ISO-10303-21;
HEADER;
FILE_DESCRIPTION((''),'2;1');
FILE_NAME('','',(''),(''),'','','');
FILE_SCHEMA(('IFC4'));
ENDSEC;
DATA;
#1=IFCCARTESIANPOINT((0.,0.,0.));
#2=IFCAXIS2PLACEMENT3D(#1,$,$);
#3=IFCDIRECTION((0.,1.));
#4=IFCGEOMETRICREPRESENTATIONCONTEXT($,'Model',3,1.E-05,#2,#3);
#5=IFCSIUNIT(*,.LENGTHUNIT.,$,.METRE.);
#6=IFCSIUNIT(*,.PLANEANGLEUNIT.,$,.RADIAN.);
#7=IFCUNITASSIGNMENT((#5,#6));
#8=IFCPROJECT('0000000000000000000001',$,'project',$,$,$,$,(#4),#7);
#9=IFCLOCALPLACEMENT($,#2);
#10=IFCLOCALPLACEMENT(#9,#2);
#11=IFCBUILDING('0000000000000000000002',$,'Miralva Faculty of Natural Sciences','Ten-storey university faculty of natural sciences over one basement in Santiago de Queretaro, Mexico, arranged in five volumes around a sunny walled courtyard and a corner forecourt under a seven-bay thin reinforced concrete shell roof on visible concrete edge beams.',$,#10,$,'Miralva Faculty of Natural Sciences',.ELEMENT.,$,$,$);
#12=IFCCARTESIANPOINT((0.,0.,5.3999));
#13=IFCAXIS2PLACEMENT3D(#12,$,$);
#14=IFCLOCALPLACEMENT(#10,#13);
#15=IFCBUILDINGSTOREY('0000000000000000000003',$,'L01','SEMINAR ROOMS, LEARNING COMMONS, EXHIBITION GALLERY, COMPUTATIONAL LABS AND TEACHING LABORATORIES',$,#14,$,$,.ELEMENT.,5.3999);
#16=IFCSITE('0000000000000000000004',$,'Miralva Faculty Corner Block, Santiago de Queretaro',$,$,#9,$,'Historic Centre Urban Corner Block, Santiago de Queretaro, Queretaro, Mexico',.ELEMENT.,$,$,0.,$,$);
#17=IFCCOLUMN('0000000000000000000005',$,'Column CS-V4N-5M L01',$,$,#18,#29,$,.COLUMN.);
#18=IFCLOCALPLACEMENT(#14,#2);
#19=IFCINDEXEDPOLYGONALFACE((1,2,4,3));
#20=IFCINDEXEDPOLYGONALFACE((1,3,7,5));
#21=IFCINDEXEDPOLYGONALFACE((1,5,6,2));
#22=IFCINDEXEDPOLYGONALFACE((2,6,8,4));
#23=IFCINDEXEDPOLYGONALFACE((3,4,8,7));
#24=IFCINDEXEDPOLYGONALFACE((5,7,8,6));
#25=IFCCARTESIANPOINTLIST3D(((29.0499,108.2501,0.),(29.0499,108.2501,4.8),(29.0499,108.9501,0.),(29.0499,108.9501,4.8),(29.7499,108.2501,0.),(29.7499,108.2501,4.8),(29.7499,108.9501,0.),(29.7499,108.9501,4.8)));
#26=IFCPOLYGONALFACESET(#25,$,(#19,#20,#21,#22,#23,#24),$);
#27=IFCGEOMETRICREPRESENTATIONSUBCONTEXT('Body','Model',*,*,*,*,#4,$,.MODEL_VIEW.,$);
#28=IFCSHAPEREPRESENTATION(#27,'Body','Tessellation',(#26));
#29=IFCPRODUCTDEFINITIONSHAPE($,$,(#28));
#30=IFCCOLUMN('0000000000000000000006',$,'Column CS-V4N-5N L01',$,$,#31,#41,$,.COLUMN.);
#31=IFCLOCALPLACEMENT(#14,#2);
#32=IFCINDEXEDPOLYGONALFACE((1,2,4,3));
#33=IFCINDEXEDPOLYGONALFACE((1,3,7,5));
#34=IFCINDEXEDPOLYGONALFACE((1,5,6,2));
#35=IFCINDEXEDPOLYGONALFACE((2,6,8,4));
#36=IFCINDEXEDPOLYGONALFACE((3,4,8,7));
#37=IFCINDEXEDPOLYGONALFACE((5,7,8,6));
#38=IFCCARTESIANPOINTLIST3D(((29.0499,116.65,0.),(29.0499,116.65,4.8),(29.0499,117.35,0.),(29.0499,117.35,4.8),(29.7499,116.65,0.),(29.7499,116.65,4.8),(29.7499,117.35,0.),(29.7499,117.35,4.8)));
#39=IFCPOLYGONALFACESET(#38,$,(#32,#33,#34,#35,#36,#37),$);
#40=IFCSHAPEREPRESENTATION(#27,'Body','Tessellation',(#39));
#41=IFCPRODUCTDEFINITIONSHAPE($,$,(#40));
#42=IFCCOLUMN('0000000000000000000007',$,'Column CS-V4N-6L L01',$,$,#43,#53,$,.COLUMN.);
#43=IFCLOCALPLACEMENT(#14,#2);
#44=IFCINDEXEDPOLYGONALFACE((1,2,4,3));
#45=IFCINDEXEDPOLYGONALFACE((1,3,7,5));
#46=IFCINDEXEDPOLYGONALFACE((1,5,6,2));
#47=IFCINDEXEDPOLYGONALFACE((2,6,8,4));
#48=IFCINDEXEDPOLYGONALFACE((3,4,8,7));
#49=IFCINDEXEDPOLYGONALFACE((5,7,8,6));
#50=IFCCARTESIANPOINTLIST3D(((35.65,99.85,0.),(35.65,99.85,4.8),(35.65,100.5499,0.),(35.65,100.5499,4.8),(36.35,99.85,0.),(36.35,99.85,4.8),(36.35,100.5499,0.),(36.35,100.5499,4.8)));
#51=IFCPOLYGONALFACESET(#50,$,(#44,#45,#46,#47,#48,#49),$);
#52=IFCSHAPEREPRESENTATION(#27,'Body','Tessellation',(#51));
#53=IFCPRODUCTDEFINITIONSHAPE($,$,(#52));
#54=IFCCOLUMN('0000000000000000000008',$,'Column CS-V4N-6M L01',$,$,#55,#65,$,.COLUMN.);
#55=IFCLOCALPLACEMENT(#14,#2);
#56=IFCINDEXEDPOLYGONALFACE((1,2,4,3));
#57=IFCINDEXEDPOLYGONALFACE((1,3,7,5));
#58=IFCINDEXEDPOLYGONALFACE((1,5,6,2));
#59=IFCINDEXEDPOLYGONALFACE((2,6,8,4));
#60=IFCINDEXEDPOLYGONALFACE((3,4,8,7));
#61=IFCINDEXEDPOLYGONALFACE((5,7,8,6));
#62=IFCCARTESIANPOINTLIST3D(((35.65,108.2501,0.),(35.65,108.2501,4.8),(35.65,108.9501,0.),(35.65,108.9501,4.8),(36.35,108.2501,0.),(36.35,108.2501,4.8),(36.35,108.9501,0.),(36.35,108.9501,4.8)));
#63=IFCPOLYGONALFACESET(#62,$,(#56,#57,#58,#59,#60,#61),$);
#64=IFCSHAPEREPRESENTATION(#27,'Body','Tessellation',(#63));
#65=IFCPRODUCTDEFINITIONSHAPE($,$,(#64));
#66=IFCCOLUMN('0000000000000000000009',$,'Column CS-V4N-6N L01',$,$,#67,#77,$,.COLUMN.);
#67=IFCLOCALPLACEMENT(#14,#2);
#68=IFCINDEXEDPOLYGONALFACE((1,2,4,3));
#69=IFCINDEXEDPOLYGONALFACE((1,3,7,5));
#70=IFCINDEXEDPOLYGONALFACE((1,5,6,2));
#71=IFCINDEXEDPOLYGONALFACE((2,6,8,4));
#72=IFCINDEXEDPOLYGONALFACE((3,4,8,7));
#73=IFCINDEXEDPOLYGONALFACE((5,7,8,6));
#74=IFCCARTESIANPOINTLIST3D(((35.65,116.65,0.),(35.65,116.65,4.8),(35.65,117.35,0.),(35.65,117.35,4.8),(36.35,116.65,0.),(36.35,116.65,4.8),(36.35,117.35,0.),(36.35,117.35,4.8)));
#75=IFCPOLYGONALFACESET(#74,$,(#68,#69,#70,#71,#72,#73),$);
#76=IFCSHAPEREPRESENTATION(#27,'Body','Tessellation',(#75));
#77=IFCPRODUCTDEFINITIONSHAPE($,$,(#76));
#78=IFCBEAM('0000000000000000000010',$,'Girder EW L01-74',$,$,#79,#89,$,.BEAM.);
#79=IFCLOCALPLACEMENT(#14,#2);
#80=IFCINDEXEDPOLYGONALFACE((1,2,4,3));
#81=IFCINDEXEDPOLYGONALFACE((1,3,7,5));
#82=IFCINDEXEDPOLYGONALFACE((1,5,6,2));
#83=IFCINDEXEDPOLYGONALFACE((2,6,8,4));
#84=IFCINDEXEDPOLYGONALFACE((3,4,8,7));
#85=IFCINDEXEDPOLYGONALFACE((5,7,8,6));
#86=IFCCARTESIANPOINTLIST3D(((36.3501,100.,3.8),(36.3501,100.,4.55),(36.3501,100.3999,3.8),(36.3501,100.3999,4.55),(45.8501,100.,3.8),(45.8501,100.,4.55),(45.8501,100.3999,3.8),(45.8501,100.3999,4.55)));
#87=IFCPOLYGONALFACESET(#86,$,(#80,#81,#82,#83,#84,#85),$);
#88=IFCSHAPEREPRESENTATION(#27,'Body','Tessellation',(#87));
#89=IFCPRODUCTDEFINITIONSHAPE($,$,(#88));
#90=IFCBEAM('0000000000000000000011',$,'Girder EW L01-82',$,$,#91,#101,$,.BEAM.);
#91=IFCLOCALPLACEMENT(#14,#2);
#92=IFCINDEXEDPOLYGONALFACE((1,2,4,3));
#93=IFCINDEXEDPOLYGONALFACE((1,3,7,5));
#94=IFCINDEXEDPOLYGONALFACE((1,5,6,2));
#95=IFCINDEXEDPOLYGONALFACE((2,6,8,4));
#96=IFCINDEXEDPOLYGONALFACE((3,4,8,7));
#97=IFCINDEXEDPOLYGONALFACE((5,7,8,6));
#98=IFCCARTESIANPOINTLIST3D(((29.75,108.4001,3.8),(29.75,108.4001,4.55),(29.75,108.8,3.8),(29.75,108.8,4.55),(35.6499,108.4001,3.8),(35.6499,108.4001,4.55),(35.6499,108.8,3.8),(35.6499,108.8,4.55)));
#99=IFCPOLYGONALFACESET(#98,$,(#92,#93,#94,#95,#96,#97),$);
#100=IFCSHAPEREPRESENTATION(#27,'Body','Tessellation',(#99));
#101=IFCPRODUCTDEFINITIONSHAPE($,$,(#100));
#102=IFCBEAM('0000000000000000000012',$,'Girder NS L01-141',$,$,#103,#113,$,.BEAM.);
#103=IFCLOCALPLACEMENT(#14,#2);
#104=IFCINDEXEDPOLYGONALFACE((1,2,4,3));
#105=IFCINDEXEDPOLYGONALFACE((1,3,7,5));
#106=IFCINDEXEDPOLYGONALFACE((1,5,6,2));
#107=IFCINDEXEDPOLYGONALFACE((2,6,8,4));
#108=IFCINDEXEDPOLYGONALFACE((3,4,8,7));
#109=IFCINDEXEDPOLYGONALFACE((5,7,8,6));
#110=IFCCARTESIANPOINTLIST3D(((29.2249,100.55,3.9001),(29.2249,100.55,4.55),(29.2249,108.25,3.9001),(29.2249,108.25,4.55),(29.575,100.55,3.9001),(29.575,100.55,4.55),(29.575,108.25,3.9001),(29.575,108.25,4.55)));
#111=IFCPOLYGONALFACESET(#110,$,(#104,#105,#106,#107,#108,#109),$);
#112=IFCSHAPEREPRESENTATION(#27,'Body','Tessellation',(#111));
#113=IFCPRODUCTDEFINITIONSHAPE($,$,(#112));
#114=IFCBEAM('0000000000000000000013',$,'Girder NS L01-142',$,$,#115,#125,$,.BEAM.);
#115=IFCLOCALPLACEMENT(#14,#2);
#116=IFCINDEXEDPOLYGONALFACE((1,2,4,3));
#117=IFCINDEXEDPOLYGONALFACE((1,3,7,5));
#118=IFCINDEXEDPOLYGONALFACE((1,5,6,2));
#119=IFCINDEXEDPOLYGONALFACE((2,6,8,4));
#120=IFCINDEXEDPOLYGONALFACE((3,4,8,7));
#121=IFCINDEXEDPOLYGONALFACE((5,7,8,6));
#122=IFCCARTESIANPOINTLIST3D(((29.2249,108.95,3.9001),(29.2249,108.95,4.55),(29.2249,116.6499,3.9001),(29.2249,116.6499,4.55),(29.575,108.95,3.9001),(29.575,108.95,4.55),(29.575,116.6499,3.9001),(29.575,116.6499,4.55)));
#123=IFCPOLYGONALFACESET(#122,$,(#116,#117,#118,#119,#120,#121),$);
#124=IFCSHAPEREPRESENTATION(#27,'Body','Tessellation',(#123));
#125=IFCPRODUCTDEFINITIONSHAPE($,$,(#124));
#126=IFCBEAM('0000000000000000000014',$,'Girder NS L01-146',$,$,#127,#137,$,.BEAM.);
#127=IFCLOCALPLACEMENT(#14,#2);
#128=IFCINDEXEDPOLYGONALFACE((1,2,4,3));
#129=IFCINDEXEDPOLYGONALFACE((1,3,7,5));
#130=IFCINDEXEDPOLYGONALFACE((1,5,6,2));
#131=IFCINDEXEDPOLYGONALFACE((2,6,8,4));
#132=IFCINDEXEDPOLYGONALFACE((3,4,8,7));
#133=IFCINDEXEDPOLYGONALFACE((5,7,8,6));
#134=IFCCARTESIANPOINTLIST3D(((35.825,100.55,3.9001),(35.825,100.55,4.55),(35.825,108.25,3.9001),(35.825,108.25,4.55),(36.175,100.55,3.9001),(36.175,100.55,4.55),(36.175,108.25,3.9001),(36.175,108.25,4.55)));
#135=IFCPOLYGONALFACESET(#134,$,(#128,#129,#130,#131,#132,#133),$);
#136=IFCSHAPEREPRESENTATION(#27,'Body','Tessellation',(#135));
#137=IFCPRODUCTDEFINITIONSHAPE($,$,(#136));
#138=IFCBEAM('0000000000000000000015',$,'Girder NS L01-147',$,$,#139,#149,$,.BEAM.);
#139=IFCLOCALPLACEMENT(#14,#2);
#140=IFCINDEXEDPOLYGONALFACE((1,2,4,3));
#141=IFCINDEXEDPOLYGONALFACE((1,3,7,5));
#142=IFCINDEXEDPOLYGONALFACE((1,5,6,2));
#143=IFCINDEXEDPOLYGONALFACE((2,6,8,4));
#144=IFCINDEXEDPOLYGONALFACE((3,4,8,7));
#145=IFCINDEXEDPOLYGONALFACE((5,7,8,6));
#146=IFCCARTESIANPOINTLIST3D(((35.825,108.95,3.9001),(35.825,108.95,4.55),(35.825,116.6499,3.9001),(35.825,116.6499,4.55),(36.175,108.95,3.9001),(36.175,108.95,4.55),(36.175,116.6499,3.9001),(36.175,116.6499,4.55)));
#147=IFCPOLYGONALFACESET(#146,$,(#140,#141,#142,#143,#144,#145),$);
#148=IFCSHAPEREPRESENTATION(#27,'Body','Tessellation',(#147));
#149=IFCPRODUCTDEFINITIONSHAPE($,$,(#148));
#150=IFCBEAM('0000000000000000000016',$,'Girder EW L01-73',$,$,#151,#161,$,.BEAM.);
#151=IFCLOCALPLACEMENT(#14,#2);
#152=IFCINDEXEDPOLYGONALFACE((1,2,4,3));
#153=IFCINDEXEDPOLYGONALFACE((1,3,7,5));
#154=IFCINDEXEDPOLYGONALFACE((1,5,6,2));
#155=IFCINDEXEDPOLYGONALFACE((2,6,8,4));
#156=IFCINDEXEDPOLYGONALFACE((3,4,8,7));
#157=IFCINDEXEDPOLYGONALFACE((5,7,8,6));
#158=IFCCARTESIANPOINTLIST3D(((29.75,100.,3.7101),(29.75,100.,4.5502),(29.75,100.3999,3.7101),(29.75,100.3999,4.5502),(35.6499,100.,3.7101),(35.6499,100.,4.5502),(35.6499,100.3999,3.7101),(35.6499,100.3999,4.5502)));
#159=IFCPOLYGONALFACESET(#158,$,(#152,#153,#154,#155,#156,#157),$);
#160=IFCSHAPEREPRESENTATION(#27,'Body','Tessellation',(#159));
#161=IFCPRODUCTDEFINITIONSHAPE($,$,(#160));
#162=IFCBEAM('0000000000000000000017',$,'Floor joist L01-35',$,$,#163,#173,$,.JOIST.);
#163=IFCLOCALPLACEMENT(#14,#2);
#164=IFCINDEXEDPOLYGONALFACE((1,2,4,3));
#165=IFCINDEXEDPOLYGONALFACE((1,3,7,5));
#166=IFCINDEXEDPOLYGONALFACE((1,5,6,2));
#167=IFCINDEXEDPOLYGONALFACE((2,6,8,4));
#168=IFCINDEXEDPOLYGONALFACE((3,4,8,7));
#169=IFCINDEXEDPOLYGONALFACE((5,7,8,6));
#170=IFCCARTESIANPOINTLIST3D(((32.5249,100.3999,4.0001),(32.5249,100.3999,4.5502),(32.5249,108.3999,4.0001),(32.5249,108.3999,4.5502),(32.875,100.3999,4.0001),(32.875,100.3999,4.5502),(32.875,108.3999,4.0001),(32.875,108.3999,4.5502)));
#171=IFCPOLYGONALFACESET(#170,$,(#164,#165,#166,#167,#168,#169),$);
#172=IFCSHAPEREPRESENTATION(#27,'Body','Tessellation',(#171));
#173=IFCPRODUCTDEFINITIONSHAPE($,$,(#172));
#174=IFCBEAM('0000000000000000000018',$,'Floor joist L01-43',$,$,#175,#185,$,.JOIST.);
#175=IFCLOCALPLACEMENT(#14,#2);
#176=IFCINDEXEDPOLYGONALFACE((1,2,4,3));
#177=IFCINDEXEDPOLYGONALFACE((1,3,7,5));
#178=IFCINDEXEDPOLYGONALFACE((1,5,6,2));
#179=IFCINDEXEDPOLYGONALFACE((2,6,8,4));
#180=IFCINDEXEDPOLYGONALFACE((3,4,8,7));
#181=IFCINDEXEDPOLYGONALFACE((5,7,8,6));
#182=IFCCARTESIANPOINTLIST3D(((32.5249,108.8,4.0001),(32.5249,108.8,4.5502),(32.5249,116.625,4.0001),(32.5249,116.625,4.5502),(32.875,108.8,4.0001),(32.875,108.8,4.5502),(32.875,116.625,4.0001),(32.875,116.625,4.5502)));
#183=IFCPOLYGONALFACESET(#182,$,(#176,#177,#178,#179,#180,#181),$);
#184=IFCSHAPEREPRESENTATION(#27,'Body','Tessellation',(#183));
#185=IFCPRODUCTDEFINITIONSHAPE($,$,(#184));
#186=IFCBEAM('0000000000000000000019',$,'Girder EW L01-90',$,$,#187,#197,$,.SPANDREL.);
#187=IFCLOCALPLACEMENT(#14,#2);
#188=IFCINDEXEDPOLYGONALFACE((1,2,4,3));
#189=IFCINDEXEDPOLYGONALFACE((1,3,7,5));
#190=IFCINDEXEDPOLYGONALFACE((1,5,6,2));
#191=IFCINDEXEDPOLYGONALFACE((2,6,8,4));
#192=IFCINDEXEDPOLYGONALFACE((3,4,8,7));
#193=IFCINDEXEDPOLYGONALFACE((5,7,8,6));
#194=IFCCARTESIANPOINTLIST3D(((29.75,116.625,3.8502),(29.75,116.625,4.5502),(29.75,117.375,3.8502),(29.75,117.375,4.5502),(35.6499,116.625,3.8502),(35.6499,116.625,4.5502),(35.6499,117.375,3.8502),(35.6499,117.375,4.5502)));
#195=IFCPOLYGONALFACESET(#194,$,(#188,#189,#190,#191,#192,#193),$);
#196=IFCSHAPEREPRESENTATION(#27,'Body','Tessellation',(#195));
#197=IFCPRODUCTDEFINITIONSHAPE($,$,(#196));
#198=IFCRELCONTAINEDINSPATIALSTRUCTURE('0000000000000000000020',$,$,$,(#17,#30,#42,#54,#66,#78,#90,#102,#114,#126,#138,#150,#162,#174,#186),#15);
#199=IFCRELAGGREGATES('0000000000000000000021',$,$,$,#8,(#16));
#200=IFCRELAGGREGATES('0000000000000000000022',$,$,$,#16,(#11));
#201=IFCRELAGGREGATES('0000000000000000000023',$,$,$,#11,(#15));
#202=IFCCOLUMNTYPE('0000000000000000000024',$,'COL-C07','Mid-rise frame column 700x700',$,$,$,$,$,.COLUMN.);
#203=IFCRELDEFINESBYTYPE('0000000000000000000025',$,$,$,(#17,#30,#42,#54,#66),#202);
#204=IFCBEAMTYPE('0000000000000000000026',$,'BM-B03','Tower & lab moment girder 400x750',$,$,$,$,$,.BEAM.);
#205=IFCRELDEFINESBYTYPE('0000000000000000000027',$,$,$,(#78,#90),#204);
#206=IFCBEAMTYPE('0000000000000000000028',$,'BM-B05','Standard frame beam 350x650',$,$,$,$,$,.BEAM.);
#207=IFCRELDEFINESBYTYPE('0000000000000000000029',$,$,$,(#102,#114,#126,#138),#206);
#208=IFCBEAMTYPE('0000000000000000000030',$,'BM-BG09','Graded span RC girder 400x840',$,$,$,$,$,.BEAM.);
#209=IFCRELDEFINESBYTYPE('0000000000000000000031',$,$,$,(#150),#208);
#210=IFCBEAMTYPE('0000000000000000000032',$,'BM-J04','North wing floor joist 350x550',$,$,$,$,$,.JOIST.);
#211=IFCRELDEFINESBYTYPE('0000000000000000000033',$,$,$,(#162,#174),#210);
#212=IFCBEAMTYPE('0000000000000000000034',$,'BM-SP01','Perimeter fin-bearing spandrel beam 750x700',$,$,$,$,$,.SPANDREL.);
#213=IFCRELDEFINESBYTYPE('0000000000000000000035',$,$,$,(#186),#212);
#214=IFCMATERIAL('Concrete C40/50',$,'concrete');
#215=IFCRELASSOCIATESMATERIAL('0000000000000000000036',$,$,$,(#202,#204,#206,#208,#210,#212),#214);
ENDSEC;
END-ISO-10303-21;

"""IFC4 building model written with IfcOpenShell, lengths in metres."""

from ifc_helpers import new_model, si_unit, direction, frame, origin, origin_2d, place, context, subcontext, project, spatial, rectangle, extrude, material, material_profile, profile_set, type_object, element, save


model = new_model("IFC4")

# Units and contexts
model_context = context("Model", 3, precision=1e-05, world=origin(), true_north=direction((0.0, 1.0)))
body_context = subcontext(model_context, "Body", "Model", "MODEL_VIEW")
ifc_project = project(units=[si_unit("LENGTHUNIT", "METRE"), si_unit("PLANEANGLEUNIT", "RADIAN")], contexts=[model_context])

# Site, building, storey
site_placement = place(None, origin())
site = spatial("IfcSite", under=ifc_project, at=site_placement, Name="Miralva Faculty Corner Block, Santiago de Queretaro", LongName="Historic Centre Urban Corner Block, Santiago de Queretaro, Queretaro, Mexico", CompositionType="ELEMENT", RefElevation=0.0)
building_placement = place(site_placement, origin())
building = spatial("IfcBuilding", under=site, at=building_placement, Name="Miralva Faculty of Natural Sciences", Description="Ten-storey university faculty of natural sciences over one basement in Santiago de Queretaro, Mexico, arranged in five volumes around a sunny walled courtyard and a corner forecourt under a seven-bay thin reinforced concrete shell roof on visible concrete edge beams.", LongName="Miralva Faculty of Natural Sciences", CompositionType="ELEMENT")
storey_placement = place(building_placement, frame((0.0, 0.0, 5.3999)))
storey = spatial("IfcBuildingStorey", under=building, at=storey_placement, Name="L01", Description="SEMINAR ROOMS, LEARNING COMMONS, EXHIBITION GALLERY, COMPUTATIONAL LABS AND TEACHING LABORATORIES", CompositionType="ELEMENT", Elevation=5.3999)

# Columns
ifc_material_1 = material(Name="Concrete C40/50", Category="concrete")
ifc_material_profile_1 = material_profile(ifc_material_1, rectangle(XDim=0.7, YDim=0.7, at=origin_2d()), Name="RC 700x700")
ifc_profile_set_1 = profile_set([ifc_material_profile_1], Name="Concrete C40/50")
column_type = type_object("IfcColumnType", Name="COL-C07", Description="Mid-rise frame column 700x700", PredefinedType="COLUMN", material=ifc_profile_set_1)
for number, where, z_axis, x_axis, name in (
    (1, (29.3999, 108.6001, 0.0), (0.0, 0.0, 1.0), (1.0, 0.0, 0.0), "Column CS-V4N-5M L01"),
    (2, (29.3999, 117.0, 0.0), (0.0, 0.0, 1.0), (1.0, 0.0, 0.0), "Column CS-V4N-5N L01"),
    (3, (36.0, 100.2, 0.0), (0.0, 0.0, 1.0), (1.0, 0.0, 0.0), "Column CS-V4N-6L L01"),
    (4, (36.0, 108.6001, 0.0), (0.0, 0.0, 1.0), (1.0, 0.0, 0.0), "Column CS-V4N-6M L01"),
    (5, (36.0, 117.0, 0.0), (0.0, 0.0, 1.0), (1.0, 0.0, 0.0), "Column CS-V4N-6N L01"),
):
    element("IfcColumn", number, at=place(storey_placement, frame(where, z_axis=z_axis, x_axis=x_axis)), inside=storey, type_object=column_type, Name=name, PredefinedType="COLUMN", context=body_context, shape_type="SweptSolid", body=[
        extrude(rectangle(XDim=0.7, YDim=0.7, at=origin_2d()), origin(), (0.0, 0.0, 1.0), 4.8),
    ])

# Beams
ifc_material_profile_2 = material_profile(ifc_material_1, rectangle(XDim=0.3999, YDim=0.75, at=origin_2d()), Name="RC 400x750")
ifc_profile_set_2 = profile_set([ifc_material_profile_2], Name="Concrete C40/50")
beam_type_1 = type_object("IfcBeamType", Name="BM-B03", Description="Tower & lab moment girder 400x750", PredefinedType="BEAM", material=ifc_profile_set_2)
beam_1_placement = place(storey_placement, frame((36.3501, 100.2, 4.175), z_axis=(1.0, 0.0, 0.0), x_axis=(0.0, 1.0, 0.0)))
element("IfcBeam", 6, at=beam_1_placement, inside=storey, type_object=beam_type_1, Name="Girder EW L01-74", PredefinedType="BEAM", context=body_context, shape_type="SweptSolid", body=[
    extrude(rectangle(XDim=0.3999, YDim=0.75, at=origin_2d()), origin(), (0.0, 0.0, 1.0), 9.5),
])
beam_2_placement = place(storey_placement, frame((29.75, 108.6001, 4.175), z_axis=(1.0, 0.0, 0.0), x_axis=(0.0, 1.0, 0.0)))
element("IfcBeam", 7, at=beam_2_placement, inside=storey, type_object=beam_type_1, Name="Girder EW L01-82", PredefinedType="BEAM", context=body_context, shape_type="SweptSolid", body=[
    extrude(rectangle(XDim=0.3999, YDim=0.75, at=origin_2d()), origin(), (0.0, 0.0, 1.0), 5.8999),
])
ifc_material_profile_3 = material_profile(ifc_material_1, rectangle(XDim=0.3501, YDim=0.6499, at=origin_2d()), Name="RC 350x650")
ifc_profile_set_3 = profile_set([ifc_material_profile_3], Name="Concrete C40/50")
beam_type_2 = type_object("IfcBeamType", Name="BM-B05", Description="Standard frame beam 350x650", PredefinedType="BEAM", material=ifc_profile_set_3)
for number, where, z_axis, x_axis, name in (
    (8, (29.3999, 100.55, 4.2251), (0.0, 1.0, 0.0), (-1.0, 0.0, 0.0), "Girder NS L01-141"),
    (9, (29.3999, 108.95, 4.2251), (0.0, 1.0, 0.0), (-1.0, 0.0, 0.0), "Girder NS L01-142"),
    (10, (36.0, 100.55, 4.2251), (0.0, 1.0, 0.0), (-1.0, 0.0, 0.0), "Girder NS L01-146"),
    (11, (36.0, 108.95, 4.2251), (0.0, 1.0, 0.0), (-1.0, 0.0, 0.0), "Girder NS L01-147"),
):
    element("IfcBeam", number, at=place(storey_placement, frame(where, z_axis=z_axis, x_axis=x_axis)), inside=storey, type_object=beam_type_2, Name=name, PredefinedType="BEAM", context=body_context, shape_type="SweptSolid", body=[
        extrude(rectangle(XDim=0.3501, YDim=0.6499, at=origin_2d()), origin(), (0.0, 0.0, 1.0), 7.7),
    ])
ifc_material_profile_4 = material_profile(ifc_material_1, rectangle(XDim=0.3999, YDim=0.8401, at=origin_2d()), Name="RC 400x840")
ifc_profile_set_4 = profile_set([ifc_material_profile_4], Name="Concrete C40/50")
beam_type_3 = type_object("IfcBeamType", Name="BM-BG09", Description="Graded span RC girder 400x840", PredefinedType="BEAM", material=ifc_profile_set_4)
beam_3_placement = place(storey_placement, frame((29.75, 100.2, 4.1301), z_axis=(1.0, 0.0, 0.0), x_axis=(0.0, 1.0, 0.0)))
element("IfcBeam", 12, at=beam_3_placement, inside=storey, type_object=beam_type_3, Name="Girder EW L01-73", PredefinedType="BEAM", context=body_context, shape_type="SweptSolid", body=[
    extrude(rectangle(XDim=0.3999, YDim=0.8401, at=origin_2d()), origin(), (0.0, 0.0, 1.0), 5.8999),
])
ifc_material_profile_5 = material_profile(ifc_material_1, rectangle(XDim=0.3501, YDim=0.55, at=origin_2d()), Name="RC 350x550")
ifc_profile_set_5 = profile_set([ifc_material_profile_5], Name="Concrete C40/50")
beam_type_4 = type_object("IfcBeamType", Name="BM-J04", Description="North wing floor joist 350x550", PredefinedType="JOIST", material=ifc_profile_set_5)
beam_4_placement = place(storey_placement, frame((32.7, 100.3999, 4.2751), z_axis=(0.0, 1.0, 0.0), x_axis=(-1.0, 0.0, 0.0)))
element("IfcBeam", 13, at=beam_4_placement, inside=storey, type_object=beam_type_4, Name="Floor joist L01-35", PredefinedType="JOIST", context=body_context, shape_type="SweptSolid", body=[
    extrude(rectangle(XDim=0.3501, YDim=0.55, at=origin_2d()), origin(), (0.0, 0.0, 1.0), 8.0),
])
beam_5_placement = place(storey_placement, frame((32.7, 108.8, 4.2751), z_axis=(0.0, 1.0, 0.0), x_axis=(-1.0, 0.0, 0.0)))
element("IfcBeam", 14, at=beam_5_placement, inside=storey, type_object=beam_type_4, Name="Floor joist L01-43", PredefinedType="JOIST", context=body_context, shape_type="SweptSolid", body=[
    extrude(rectangle(XDim=0.3501, YDim=0.55, at=origin_2d()), origin(), (0.0, 0.0, 1.0), 7.825),
])
ifc_material_profile_6 = material_profile(ifc_material_1, rectangle(XDim=0.75, YDim=0.7, at=origin_2d()), Name="RC 750x700")
ifc_profile_set_6 = profile_set([ifc_material_profile_6], Name="Concrete C40/50")
beam_type_5 = type_object("IfcBeamType", Name="BM-SP01", Description="Perimeter fin-bearing spandrel beam 750x700", PredefinedType="SPANDREL", material=ifc_profile_set_6)
beam_6_placement = place(storey_placement, frame((29.75, 117.0, 4.2002), z_axis=(1.0, 0.0, 0.0), x_axis=(0.0, 1.0, 0.0)))
element("IfcBeam", 15, at=beam_6_placement, inside=storey, type_object=beam_type_5, Name="Girder EW L01-90", PredefinedType="SPANDREL", context=body_context, shape_type="SweptSolid", body=[
    extrude(rectangle(XDim=0.75, YDim=0.7, at=origin_2d()), origin(), (0.0, 0.0, 1.0), 5.8999),
])

save(model, "model.ifc")
